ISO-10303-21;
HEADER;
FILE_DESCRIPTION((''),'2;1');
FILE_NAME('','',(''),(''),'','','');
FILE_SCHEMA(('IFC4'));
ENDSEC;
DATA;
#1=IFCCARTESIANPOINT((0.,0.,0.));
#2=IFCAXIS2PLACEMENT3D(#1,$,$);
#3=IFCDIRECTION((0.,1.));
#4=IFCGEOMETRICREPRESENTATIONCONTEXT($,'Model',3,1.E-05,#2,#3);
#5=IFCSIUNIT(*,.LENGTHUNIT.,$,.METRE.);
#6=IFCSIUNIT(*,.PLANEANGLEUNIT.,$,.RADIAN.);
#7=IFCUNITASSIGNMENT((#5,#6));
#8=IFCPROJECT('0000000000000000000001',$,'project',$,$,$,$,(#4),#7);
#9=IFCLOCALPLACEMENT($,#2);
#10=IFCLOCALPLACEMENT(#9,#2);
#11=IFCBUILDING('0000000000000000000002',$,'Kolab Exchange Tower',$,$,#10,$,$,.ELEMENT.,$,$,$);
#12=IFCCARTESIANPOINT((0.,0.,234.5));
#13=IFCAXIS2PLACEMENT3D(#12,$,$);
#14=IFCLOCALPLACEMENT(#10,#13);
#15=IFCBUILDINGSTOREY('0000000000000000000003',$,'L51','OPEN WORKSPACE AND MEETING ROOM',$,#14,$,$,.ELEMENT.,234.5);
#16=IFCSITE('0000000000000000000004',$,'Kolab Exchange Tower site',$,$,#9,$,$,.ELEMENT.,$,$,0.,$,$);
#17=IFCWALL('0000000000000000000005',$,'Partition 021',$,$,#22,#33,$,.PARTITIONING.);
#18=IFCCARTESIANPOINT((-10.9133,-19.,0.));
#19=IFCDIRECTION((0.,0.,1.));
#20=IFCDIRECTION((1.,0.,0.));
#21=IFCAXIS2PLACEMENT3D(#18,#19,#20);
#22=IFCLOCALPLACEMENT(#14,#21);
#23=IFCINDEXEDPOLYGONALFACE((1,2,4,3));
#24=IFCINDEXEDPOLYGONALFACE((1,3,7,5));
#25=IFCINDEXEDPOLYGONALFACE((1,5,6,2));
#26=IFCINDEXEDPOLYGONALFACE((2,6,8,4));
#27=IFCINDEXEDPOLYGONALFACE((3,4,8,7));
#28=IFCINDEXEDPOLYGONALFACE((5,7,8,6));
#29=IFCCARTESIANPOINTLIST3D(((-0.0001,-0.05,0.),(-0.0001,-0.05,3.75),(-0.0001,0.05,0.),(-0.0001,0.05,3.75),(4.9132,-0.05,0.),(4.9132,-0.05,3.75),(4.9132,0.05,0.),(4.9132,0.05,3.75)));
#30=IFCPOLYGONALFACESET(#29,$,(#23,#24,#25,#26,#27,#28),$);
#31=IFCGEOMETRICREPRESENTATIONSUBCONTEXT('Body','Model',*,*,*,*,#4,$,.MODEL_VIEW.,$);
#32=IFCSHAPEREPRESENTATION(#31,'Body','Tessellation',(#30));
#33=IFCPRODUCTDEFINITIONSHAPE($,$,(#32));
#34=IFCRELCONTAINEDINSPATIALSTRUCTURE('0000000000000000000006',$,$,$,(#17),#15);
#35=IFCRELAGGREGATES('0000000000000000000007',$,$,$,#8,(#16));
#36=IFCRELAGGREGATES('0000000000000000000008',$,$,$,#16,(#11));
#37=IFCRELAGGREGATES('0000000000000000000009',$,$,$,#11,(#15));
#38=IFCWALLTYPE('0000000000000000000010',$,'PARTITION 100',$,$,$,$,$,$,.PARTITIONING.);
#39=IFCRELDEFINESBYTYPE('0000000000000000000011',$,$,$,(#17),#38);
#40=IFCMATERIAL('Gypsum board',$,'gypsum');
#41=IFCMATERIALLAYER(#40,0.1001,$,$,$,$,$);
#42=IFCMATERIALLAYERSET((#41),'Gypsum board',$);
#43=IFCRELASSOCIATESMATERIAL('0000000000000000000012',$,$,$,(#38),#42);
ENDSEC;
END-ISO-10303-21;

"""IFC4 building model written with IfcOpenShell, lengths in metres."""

from ifc_helpers import new_model, si_unit, direction, frame, frame_2d, origin, place, context, subcontext, project, spatial, rectangle, extrude, material, layer, layer_set, type_object, element, save


model = new_model("IFC4")

# Units and contexts
model_context = context("Model", 3, precision=1e-05, world=origin(), true_north=direction((0.0, 1.0)))
body_context = subcontext(model_context, "Body", "Model", "MODEL_VIEW")
ifc_project = project(units=[si_unit("LENGTHUNIT", "METRE"), si_unit("PLANEANGLEUNIT", "RADIAN")], contexts=[model_context])

# Site, building, storey
site_placement = place(None, origin())
site = spatial("IfcSite", under=ifc_project, at=site_placement, Name="Kolab Exchange Tower site", CompositionType="ELEMENT", RefElevation=0.0)
building_placement = place(site_placement, origin())
building = spatial("IfcBuilding", under=site, at=building_placement, Name="Kolab Exchange Tower", CompositionType="ELEMENT")
storey_placement = place(building_placement, frame((0.0, 0.0, 234.5)))
storey = spatial("IfcBuildingStorey", under=building, at=storey_placement, Name="L51", Description="OPEN WORKSPACE AND MEETING ROOM", CompositionType="ELEMENT", Elevation=234.5)

# Wall
ifc_material_1 = material(Name="Gypsum board", Category="gypsum")
ifc_layer_1 = layer(ifc_material_1, 0.1001)
ifc_layer_set_1 = layer_set([ifc_layer_1], Name="Gypsum board")
wall_type = type_object("IfcWallType", Name="PARTITION 100", PredefinedType="PARTITIONING", material=ifc_layer_set_1)
wall_1_placement = place(storey_placement, frame((-10.9133, -19.0, 0.0), z_axis=(0.0, 0.0, 1.0), x_axis=(1.0, 0.0, 0.0)))
element("IfcWall", 1, at=wall_1_placement, inside=storey, type_object=wall_type, Name="Partition 021", PredefinedType="PARTITIONING", context=body_context, shape_type="SweptSolid", body=[
    extrude(rectangle(XDim=4.9133, YDim=0.1001, at=frame_2d((2.4565, 0.0))), origin(), (0.0, 0.0, 1.0), 3.75),
])

save(model, "model.ifc")
